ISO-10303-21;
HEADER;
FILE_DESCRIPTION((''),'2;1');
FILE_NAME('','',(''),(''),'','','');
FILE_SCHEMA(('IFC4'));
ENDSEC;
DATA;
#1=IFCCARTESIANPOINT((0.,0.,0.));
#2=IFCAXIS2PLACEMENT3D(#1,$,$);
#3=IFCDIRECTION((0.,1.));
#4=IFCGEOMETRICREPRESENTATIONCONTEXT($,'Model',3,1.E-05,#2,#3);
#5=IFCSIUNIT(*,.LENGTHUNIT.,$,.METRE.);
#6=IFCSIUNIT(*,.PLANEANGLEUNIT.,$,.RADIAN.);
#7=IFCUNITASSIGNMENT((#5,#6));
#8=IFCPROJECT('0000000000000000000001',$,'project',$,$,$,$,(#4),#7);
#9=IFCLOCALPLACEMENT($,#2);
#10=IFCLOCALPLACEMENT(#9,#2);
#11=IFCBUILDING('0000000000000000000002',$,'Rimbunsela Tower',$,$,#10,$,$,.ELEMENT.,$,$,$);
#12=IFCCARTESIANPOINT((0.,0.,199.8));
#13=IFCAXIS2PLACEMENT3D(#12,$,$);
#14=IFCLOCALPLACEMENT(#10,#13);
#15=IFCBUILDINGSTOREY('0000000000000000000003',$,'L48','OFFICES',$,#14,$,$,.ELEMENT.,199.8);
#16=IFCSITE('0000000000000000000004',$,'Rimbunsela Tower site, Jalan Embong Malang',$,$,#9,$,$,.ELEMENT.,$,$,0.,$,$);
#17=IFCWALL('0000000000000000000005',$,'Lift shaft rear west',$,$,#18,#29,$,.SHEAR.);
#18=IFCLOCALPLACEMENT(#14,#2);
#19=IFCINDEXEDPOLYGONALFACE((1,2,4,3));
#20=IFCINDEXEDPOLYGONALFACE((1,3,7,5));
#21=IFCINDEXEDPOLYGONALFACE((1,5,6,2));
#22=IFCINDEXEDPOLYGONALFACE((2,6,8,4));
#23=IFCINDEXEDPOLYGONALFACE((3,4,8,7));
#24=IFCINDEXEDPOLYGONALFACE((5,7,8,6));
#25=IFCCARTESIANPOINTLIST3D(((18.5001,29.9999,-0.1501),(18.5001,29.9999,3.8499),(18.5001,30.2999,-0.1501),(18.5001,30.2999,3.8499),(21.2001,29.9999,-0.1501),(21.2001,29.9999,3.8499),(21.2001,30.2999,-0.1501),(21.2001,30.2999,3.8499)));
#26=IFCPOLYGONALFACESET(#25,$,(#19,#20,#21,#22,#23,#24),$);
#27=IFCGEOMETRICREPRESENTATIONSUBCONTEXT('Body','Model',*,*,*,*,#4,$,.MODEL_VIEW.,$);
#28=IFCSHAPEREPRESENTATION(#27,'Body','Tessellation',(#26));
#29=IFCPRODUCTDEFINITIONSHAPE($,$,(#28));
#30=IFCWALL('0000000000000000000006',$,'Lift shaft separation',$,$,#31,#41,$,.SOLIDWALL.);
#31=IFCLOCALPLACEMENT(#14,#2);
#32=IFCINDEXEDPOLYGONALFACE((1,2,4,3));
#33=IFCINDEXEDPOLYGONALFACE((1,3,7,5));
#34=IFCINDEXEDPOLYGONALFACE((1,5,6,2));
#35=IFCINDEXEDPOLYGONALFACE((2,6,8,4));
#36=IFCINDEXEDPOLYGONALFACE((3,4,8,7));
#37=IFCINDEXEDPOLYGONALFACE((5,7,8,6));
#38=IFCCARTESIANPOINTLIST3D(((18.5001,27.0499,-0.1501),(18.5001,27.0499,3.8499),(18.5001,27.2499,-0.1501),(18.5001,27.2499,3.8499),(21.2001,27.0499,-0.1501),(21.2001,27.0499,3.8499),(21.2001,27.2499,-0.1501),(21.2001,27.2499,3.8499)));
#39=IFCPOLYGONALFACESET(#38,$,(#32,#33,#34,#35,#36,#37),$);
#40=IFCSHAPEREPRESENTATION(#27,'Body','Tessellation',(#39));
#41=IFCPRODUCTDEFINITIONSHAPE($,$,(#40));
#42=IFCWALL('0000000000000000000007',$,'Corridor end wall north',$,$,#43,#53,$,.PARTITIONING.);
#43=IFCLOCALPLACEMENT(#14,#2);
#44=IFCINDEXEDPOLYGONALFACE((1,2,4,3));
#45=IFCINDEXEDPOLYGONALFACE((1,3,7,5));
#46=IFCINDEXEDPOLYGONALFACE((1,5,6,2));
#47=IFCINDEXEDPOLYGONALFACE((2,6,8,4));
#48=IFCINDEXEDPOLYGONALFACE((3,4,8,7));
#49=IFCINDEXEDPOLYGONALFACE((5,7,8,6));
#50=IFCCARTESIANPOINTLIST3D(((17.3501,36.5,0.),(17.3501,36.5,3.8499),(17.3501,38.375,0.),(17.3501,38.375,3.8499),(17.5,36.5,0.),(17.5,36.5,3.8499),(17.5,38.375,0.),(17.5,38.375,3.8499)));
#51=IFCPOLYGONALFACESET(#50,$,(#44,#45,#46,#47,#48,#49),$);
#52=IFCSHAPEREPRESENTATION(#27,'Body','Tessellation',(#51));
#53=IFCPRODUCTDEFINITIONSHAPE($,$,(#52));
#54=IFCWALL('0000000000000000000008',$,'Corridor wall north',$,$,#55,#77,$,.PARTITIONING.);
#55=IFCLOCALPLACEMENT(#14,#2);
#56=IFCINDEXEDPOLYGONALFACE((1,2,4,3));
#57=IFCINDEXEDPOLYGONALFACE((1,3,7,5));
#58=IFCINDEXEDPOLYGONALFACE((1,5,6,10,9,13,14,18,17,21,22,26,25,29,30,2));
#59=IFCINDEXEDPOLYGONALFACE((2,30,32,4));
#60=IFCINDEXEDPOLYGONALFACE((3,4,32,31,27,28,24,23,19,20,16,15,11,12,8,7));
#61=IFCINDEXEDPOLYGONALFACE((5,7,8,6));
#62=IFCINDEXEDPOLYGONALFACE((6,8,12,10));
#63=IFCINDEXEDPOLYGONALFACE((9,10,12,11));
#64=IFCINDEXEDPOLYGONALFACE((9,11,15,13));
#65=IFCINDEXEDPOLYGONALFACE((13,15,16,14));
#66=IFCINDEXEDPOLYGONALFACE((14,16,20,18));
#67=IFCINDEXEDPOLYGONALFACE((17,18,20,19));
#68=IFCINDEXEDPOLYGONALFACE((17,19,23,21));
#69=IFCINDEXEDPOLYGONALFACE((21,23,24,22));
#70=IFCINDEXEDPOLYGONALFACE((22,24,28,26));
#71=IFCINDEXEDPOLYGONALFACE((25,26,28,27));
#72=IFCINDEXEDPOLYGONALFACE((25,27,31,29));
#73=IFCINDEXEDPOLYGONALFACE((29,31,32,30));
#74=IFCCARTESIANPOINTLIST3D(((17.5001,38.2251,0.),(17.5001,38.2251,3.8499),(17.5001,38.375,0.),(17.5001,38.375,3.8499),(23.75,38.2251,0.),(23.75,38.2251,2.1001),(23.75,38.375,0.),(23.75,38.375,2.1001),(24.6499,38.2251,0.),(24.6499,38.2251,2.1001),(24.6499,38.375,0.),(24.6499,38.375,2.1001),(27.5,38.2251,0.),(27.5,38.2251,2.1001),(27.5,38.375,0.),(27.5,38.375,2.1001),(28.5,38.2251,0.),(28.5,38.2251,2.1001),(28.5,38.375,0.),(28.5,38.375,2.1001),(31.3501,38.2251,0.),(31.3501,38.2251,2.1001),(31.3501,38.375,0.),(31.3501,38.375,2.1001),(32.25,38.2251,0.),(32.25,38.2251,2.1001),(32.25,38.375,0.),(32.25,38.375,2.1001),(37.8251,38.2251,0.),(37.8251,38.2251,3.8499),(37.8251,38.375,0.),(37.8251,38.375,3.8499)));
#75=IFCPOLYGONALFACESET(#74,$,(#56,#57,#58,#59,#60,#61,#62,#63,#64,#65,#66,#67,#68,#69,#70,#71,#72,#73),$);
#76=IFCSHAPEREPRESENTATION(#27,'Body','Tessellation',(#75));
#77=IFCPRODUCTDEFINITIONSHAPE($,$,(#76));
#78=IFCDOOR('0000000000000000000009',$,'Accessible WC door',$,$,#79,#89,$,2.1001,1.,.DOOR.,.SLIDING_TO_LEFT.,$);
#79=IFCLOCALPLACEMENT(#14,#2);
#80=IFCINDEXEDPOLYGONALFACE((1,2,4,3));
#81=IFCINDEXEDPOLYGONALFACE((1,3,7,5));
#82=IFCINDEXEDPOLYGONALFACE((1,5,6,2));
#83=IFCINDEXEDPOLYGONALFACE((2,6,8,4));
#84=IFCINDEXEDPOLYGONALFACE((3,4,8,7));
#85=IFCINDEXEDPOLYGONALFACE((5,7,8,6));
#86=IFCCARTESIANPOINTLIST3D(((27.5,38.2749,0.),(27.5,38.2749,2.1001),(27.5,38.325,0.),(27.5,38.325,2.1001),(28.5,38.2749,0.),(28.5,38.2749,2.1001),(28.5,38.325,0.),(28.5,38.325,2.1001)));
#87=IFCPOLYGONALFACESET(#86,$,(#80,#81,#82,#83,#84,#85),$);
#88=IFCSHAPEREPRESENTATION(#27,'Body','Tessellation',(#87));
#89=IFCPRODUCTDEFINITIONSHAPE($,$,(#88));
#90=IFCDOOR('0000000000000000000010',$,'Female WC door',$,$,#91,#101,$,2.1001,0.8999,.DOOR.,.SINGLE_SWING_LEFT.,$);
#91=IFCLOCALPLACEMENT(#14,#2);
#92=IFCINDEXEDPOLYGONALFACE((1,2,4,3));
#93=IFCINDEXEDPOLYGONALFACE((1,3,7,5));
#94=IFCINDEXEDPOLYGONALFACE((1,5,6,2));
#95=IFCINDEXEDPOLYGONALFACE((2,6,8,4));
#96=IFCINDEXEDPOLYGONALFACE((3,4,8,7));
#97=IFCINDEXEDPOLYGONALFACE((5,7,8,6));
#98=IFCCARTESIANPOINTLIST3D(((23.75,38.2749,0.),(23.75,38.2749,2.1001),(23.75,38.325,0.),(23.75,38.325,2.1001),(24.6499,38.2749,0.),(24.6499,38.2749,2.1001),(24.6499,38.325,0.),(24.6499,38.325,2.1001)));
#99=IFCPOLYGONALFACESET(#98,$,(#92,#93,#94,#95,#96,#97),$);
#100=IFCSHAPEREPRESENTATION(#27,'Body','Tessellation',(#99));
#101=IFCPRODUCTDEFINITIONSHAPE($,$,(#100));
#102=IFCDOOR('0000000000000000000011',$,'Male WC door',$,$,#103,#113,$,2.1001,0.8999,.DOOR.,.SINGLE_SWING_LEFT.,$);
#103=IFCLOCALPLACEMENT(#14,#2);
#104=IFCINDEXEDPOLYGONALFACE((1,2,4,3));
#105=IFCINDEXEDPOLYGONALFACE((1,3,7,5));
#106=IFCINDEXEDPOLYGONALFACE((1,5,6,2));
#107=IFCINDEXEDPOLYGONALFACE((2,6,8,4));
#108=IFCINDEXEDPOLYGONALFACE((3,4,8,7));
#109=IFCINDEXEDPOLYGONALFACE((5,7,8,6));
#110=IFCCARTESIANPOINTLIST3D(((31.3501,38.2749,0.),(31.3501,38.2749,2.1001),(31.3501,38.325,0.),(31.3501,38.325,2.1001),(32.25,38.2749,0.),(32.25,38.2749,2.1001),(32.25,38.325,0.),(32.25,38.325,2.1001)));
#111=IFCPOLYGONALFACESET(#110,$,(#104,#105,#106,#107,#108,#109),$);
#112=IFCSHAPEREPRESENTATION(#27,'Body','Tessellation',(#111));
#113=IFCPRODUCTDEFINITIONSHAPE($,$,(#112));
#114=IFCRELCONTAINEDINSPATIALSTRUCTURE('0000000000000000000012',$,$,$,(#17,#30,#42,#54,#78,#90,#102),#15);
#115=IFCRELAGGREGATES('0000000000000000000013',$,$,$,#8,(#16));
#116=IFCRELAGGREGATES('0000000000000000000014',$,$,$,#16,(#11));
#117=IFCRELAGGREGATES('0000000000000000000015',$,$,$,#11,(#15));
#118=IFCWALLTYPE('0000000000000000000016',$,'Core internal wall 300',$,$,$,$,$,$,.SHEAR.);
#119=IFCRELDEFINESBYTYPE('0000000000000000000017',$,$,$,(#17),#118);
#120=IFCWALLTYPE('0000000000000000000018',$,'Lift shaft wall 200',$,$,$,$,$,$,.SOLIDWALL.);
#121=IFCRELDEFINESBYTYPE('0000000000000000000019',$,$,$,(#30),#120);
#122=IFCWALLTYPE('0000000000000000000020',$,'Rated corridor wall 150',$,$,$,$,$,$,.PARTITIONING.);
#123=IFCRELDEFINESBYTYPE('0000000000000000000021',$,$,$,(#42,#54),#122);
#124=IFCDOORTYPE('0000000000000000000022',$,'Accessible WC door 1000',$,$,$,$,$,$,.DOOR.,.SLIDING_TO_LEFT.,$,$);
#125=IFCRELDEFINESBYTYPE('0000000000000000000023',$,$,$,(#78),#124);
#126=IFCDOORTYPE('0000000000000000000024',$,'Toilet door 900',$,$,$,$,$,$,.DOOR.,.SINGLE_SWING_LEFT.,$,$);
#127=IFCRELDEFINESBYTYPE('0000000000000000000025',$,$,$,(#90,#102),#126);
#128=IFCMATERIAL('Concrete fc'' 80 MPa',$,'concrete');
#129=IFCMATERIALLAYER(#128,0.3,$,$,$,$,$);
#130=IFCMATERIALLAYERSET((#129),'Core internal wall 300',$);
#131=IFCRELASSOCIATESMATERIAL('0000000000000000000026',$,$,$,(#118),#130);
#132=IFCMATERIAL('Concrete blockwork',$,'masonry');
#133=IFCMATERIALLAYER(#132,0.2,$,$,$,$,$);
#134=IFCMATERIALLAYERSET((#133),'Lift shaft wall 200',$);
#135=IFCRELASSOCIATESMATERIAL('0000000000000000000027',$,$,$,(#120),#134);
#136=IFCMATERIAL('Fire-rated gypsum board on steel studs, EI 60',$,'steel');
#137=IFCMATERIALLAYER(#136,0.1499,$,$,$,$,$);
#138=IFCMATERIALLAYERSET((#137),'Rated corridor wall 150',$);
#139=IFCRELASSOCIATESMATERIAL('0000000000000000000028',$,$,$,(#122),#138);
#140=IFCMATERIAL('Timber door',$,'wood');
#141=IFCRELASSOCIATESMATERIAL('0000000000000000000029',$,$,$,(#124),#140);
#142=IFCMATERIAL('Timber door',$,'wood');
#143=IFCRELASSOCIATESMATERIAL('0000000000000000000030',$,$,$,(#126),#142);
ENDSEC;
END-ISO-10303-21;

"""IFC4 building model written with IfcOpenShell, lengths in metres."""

from ifc_helpers import new_model, si_unit, direction, frame, frame_2d, origin, place, context, subcontext, project, spatial, rectangle, extrude, material, layer, layer_set, type_object, element, fill, save


model = new_model("IFC4")

# Units and contexts
model_context = context("Model", 3, precision=1e-05, world=origin(), true_north=direction((0.0, 1.0)))
body_context = subcontext(model_context, "Body", "Model", "MODEL_VIEW")
ifc_project = project(units=[si_unit("LENGTHUNIT", "METRE"), si_unit("PLANEANGLEUNIT", "RADIAN")], contexts=[model_context])

# Site, building, storey
site_placement = place(None, origin())
site = spatial("IfcSite", under=ifc_project, at=site_placement, Name="Rimbunsela Tower site, Jalan Embong Malang", CompositionType="ELEMENT", RefElevation=0.0)
building_placement = place(site_placement, origin())
building = spatial("IfcBuilding", under=site, at=building_placement, Name="Rimbunsela Tower", CompositionType="ELEMENT")
storey_placement = place(building_placement, frame((0.0, 0.0, 199.8)))
storey = spatial("IfcBuildingStorey", under=building, at=storey_placement, Name="L48", Description="OFFICES", CompositionType="ELEMENT", Elevation=199.8)

# Shared definitions
ifc_material_1 = material(Name="Concrete fc' 80 MPa", Category="concrete")
ifc_layer_1 = layer(ifc_material_1, 0.3)
ifc_layer_set_1 = layer_set([ifc_layer_1], Name="Core internal wall 300")
wall_type_1 = type_object("IfcWallType", Name="Core internal wall 300", PredefinedType="SHEAR", material=ifc_layer_set_1)

# Walls
wall_1_placement = place(storey_placement, frame((18.5, 30.1499, -0.1501), z_axis=(0.0, 0.0, 1.0), x_axis=(1.0, 0.0, 0.0)))
element("IfcWall", 1, at=wall_1_placement, inside=storey, type_object=wall_type_1, Name="Lift shaft rear west", PredefinedType="SHEAR", context=body_context, shape_type="SweptSolid", body=[
    extrude(rectangle(XDim=2.7, YDim=0.3, at=frame_2d((1.3501, 0.0))), origin(), (0.0, 0.0, 1.0), 4.0),
])
ifc_material_2 = material(Name="Concrete blockwork", Category="masonry")
ifc_layer_2 = layer(ifc_material_2, 0.2)
ifc_layer_set_2 = layer_set([ifc_layer_2], Name="Lift shaft wall 200")
wall_type_2 = type_object("IfcWallType", Name="Lift shaft wall 200", PredefinedType="SOLIDWALL", material=ifc_layer_set_2)
wall_2_placement = place(storey_placement, frame((18.5, 27.1499, -0.1501), z_axis=(0.0, 0.0, 1.0), x_axis=(1.0, 0.0, 0.0)))
element("IfcWall", 2, at=wall_2_placement, inside=storey, type_object=wall_type_2, Name="Lift shaft separation", PredefinedType="SOLIDWALL", context=body_context, shape_type="SweptSolid", body=[
    extrude(rectangle(XDim=2.7, YDim=0.2, at=frame_2d((1.3501, 0.0))), origin(), (0.0, 0.0, 1.0), 4.0),
])
ifc_material_3 = material(Name="Fire-rated gypsum board on steel studs, EI 60", Category="steel")
ifc_layer_3 = layer(ifc_material_3, 0.1499)
ifc_layer_set_3 = layer_set([ifc_layer_3], Name="Rated corridor wall 150")
wall_type_3 = type_object("IfcWallType", Name="Rated corridor wall 150", PredefinedType="PARTITIONING", material=ifc_layer_set_3)
wall_3_placement = place(storey_placement, frame((17.425, 36.5, 0.0), z_axis=(0.0, 0.0, 1.0), x_axis=(0.0, 1.0, 0.0)))
element("IfcWall", 3, at=wall_3_placement, inside=storey, type_object=wall_type_3, Name="Corridor end wall north", PredefinedType="PARTITIONING", context=body_context, shape_type="SweptSolid", body=[
    extrude(rectangle(XDim=1.875, YDim=0.1499, at=frame_2d((0.9375, 0.0))), origin(), (0.0, 0.0, 1.0), 3.8499),
])

# Wall, openings, doors
wall_4_placement = place(storey_placement, frame((17.5, 38.3, 0.0), z_axis=(0.0, 0.0, 1.0), x_axis=(1.0, 0.0, 0.0)))
wall_4 = element("IfcWall", 4, at=wall_4_placement, inside=storey, type_object=wall_type_3, Name="Corridor wall north", PredefinedType="PARTITIONING", context=body_context, shape_type="SweptSolid", body=[
    extrude(rectangle(XDim=20.325, YDim=0.1499, at=frame_2d((10.1626, 0.0))), origin(), (0.0, 0.0, 1.0), 3.8499),
])
opening_1_placement = place(wall_4_placement, frame((6.25, 0.0, 0.0)))
opening_1 = element("IfcOpeningElement", 5, at=opening_1_placement, cuts=wall_4, PredefinedType="OPENING", context=body_context, shape_type="SweptSolid", body=[
    extrude(rectangle(XDim=0.8999, YDim=2.1001, at=frame_2d((0.45, 1.05))), frame((0.0, 0.085, 0.0), z_axis=(0.0, -1.0, 0.0), x_axis=(1.0, 0.0, 0.0)), (0.0, 0.0, 1.0), 0.1699),
])
opening_2_placement = place(wall_4_placement, frame((10.0, 0.0, 0.0)))
opening_2 = element("IfcOpeningElement", 6, at=opening_2_placement, cuts=wall_4, PredefinedType="OPENING", context=body_context, shape_type="SweptSolid", body=[
    extrude(rectangle(XDim=1.0, YDim=2.1001, at=frame_2d((0.5, 1.05))), frame((0.0, 0.085, 0.0), z_axis=(0.0, -1.0, 0.0), x_axis=(1.0, 0.0, 0.0)), (0.0, 0.0, 1.0), 0.1699),
])
opening_3_placement = place(wall_4_placement, frame((13.8501, 0.0, 0.0)))
opening_3 = element("IfcOpeningElement", 7, at=opening_3_placement, cuts=wall_4, PredefinedType="OPENING", context=body_context, shape_type="SweptSolid", body=[
    extrude(rectangle(XDim=0.8999, YDim=2.1001, at=frame_2d((0.45, 1.05))), frame((0.0, 0.085, 0.0), z_axis=(0.0, -1.0, 0.0), x_axis=(1.0, 0.0, 0.0)), (0.0, 0.0, 1.0), 0.1699),
])
ifc_material_4 = material(Name="Timber door", Category="wood")
door_type_1 = type_object("IfcDoorType", Name="Accessible WC door 1000", OperationType="SLIDING_TO_LEFT", PredefinedType="DOOR", material=ifc_material_4)
door_1_placement = place(opening_2_placement, origin())
door_1 = element("IfcDoor", 8, at=door_1_placement, inside=storey, type_object=door_type_1, Name="Accessible WC door", OperationType="SLIDING_TO_LEFT", OverallHeight=2.1001, OverallWidth=1.0, PredefinedType="DOOR", context=body_context, shape_type="SweptSolid", body=[
    extrude(rectangle(XDim=1.0, YDim=2.1001, at=frame_2d((0.5, 1.05))), frame((0.0, 0.0249, 0.0), z_axis=(0.0, -1.0, 0.0), x_axis=(1.0, 0.0, 0.0)), (0.0, 0.0, 1.0), 0.05),
])
fill(opening_2, door_1)
ifc_material_5 = material(Name="Timber door", Category="wood")
door_type_2 = type_object("IfcDoorType", Name="Toilet door 900", OperationType="SINGLE_SWING_LEFT", PredefinedType="DOOR", material=ifc_material_5)
door_2_placement = place(opening_1_placement, origin())
door_2 = element("IfcDoor", 9, at=door_2_placement, inside=storey, type_object=door_type_2, Name="Female WC door", OperationType="SINGLE_SWING_LEFT", OverallHeight=2.1001, OverallWidth=0.8999, PredefinedType="DOOR", context=body_context, shape_type="SweptSolid", body=[
    extrude(rectangle(XDim=0.8999, YDim=2.1001, at=frame_2d((0.45, 1.05))), frame((0.0, 0.0249, 0.0), z_axis=(0.0, -1.0, 0.0), x_axis=(1.0, 0.0, 0.0)), (0.0, 0.0, 1.0), 0.05),
])
fill(opening_1, door_2)
door_3_placement = place(opening_3_placement, origin())
door_3 = element("IfcDoor", 10, at=door_3_placement, inside=storey, type_object=door_type_2, Name="Male WC door", OperationType="SINGLE_SWING_LEFT", OverallHeight=2.1001, OverallWidth=0.8999, PredefinedType="DOOR", context=body_context, shape_type="SweptSolid", body=[
    extrude(rectangle(XDim=0.8999, YDim=2.1001, at=frame_2d((0.45, 1.05))), frame((0.0, 0.0249, 0.0), z_axis=(0.0, -1.0, 0.0), x_axis=(1.0, 0.0, 0.0)), (0.0, 0.0, 1.0), 0.05),
])
fill(opening_3, door_3)

save(model, "model.ifc")
